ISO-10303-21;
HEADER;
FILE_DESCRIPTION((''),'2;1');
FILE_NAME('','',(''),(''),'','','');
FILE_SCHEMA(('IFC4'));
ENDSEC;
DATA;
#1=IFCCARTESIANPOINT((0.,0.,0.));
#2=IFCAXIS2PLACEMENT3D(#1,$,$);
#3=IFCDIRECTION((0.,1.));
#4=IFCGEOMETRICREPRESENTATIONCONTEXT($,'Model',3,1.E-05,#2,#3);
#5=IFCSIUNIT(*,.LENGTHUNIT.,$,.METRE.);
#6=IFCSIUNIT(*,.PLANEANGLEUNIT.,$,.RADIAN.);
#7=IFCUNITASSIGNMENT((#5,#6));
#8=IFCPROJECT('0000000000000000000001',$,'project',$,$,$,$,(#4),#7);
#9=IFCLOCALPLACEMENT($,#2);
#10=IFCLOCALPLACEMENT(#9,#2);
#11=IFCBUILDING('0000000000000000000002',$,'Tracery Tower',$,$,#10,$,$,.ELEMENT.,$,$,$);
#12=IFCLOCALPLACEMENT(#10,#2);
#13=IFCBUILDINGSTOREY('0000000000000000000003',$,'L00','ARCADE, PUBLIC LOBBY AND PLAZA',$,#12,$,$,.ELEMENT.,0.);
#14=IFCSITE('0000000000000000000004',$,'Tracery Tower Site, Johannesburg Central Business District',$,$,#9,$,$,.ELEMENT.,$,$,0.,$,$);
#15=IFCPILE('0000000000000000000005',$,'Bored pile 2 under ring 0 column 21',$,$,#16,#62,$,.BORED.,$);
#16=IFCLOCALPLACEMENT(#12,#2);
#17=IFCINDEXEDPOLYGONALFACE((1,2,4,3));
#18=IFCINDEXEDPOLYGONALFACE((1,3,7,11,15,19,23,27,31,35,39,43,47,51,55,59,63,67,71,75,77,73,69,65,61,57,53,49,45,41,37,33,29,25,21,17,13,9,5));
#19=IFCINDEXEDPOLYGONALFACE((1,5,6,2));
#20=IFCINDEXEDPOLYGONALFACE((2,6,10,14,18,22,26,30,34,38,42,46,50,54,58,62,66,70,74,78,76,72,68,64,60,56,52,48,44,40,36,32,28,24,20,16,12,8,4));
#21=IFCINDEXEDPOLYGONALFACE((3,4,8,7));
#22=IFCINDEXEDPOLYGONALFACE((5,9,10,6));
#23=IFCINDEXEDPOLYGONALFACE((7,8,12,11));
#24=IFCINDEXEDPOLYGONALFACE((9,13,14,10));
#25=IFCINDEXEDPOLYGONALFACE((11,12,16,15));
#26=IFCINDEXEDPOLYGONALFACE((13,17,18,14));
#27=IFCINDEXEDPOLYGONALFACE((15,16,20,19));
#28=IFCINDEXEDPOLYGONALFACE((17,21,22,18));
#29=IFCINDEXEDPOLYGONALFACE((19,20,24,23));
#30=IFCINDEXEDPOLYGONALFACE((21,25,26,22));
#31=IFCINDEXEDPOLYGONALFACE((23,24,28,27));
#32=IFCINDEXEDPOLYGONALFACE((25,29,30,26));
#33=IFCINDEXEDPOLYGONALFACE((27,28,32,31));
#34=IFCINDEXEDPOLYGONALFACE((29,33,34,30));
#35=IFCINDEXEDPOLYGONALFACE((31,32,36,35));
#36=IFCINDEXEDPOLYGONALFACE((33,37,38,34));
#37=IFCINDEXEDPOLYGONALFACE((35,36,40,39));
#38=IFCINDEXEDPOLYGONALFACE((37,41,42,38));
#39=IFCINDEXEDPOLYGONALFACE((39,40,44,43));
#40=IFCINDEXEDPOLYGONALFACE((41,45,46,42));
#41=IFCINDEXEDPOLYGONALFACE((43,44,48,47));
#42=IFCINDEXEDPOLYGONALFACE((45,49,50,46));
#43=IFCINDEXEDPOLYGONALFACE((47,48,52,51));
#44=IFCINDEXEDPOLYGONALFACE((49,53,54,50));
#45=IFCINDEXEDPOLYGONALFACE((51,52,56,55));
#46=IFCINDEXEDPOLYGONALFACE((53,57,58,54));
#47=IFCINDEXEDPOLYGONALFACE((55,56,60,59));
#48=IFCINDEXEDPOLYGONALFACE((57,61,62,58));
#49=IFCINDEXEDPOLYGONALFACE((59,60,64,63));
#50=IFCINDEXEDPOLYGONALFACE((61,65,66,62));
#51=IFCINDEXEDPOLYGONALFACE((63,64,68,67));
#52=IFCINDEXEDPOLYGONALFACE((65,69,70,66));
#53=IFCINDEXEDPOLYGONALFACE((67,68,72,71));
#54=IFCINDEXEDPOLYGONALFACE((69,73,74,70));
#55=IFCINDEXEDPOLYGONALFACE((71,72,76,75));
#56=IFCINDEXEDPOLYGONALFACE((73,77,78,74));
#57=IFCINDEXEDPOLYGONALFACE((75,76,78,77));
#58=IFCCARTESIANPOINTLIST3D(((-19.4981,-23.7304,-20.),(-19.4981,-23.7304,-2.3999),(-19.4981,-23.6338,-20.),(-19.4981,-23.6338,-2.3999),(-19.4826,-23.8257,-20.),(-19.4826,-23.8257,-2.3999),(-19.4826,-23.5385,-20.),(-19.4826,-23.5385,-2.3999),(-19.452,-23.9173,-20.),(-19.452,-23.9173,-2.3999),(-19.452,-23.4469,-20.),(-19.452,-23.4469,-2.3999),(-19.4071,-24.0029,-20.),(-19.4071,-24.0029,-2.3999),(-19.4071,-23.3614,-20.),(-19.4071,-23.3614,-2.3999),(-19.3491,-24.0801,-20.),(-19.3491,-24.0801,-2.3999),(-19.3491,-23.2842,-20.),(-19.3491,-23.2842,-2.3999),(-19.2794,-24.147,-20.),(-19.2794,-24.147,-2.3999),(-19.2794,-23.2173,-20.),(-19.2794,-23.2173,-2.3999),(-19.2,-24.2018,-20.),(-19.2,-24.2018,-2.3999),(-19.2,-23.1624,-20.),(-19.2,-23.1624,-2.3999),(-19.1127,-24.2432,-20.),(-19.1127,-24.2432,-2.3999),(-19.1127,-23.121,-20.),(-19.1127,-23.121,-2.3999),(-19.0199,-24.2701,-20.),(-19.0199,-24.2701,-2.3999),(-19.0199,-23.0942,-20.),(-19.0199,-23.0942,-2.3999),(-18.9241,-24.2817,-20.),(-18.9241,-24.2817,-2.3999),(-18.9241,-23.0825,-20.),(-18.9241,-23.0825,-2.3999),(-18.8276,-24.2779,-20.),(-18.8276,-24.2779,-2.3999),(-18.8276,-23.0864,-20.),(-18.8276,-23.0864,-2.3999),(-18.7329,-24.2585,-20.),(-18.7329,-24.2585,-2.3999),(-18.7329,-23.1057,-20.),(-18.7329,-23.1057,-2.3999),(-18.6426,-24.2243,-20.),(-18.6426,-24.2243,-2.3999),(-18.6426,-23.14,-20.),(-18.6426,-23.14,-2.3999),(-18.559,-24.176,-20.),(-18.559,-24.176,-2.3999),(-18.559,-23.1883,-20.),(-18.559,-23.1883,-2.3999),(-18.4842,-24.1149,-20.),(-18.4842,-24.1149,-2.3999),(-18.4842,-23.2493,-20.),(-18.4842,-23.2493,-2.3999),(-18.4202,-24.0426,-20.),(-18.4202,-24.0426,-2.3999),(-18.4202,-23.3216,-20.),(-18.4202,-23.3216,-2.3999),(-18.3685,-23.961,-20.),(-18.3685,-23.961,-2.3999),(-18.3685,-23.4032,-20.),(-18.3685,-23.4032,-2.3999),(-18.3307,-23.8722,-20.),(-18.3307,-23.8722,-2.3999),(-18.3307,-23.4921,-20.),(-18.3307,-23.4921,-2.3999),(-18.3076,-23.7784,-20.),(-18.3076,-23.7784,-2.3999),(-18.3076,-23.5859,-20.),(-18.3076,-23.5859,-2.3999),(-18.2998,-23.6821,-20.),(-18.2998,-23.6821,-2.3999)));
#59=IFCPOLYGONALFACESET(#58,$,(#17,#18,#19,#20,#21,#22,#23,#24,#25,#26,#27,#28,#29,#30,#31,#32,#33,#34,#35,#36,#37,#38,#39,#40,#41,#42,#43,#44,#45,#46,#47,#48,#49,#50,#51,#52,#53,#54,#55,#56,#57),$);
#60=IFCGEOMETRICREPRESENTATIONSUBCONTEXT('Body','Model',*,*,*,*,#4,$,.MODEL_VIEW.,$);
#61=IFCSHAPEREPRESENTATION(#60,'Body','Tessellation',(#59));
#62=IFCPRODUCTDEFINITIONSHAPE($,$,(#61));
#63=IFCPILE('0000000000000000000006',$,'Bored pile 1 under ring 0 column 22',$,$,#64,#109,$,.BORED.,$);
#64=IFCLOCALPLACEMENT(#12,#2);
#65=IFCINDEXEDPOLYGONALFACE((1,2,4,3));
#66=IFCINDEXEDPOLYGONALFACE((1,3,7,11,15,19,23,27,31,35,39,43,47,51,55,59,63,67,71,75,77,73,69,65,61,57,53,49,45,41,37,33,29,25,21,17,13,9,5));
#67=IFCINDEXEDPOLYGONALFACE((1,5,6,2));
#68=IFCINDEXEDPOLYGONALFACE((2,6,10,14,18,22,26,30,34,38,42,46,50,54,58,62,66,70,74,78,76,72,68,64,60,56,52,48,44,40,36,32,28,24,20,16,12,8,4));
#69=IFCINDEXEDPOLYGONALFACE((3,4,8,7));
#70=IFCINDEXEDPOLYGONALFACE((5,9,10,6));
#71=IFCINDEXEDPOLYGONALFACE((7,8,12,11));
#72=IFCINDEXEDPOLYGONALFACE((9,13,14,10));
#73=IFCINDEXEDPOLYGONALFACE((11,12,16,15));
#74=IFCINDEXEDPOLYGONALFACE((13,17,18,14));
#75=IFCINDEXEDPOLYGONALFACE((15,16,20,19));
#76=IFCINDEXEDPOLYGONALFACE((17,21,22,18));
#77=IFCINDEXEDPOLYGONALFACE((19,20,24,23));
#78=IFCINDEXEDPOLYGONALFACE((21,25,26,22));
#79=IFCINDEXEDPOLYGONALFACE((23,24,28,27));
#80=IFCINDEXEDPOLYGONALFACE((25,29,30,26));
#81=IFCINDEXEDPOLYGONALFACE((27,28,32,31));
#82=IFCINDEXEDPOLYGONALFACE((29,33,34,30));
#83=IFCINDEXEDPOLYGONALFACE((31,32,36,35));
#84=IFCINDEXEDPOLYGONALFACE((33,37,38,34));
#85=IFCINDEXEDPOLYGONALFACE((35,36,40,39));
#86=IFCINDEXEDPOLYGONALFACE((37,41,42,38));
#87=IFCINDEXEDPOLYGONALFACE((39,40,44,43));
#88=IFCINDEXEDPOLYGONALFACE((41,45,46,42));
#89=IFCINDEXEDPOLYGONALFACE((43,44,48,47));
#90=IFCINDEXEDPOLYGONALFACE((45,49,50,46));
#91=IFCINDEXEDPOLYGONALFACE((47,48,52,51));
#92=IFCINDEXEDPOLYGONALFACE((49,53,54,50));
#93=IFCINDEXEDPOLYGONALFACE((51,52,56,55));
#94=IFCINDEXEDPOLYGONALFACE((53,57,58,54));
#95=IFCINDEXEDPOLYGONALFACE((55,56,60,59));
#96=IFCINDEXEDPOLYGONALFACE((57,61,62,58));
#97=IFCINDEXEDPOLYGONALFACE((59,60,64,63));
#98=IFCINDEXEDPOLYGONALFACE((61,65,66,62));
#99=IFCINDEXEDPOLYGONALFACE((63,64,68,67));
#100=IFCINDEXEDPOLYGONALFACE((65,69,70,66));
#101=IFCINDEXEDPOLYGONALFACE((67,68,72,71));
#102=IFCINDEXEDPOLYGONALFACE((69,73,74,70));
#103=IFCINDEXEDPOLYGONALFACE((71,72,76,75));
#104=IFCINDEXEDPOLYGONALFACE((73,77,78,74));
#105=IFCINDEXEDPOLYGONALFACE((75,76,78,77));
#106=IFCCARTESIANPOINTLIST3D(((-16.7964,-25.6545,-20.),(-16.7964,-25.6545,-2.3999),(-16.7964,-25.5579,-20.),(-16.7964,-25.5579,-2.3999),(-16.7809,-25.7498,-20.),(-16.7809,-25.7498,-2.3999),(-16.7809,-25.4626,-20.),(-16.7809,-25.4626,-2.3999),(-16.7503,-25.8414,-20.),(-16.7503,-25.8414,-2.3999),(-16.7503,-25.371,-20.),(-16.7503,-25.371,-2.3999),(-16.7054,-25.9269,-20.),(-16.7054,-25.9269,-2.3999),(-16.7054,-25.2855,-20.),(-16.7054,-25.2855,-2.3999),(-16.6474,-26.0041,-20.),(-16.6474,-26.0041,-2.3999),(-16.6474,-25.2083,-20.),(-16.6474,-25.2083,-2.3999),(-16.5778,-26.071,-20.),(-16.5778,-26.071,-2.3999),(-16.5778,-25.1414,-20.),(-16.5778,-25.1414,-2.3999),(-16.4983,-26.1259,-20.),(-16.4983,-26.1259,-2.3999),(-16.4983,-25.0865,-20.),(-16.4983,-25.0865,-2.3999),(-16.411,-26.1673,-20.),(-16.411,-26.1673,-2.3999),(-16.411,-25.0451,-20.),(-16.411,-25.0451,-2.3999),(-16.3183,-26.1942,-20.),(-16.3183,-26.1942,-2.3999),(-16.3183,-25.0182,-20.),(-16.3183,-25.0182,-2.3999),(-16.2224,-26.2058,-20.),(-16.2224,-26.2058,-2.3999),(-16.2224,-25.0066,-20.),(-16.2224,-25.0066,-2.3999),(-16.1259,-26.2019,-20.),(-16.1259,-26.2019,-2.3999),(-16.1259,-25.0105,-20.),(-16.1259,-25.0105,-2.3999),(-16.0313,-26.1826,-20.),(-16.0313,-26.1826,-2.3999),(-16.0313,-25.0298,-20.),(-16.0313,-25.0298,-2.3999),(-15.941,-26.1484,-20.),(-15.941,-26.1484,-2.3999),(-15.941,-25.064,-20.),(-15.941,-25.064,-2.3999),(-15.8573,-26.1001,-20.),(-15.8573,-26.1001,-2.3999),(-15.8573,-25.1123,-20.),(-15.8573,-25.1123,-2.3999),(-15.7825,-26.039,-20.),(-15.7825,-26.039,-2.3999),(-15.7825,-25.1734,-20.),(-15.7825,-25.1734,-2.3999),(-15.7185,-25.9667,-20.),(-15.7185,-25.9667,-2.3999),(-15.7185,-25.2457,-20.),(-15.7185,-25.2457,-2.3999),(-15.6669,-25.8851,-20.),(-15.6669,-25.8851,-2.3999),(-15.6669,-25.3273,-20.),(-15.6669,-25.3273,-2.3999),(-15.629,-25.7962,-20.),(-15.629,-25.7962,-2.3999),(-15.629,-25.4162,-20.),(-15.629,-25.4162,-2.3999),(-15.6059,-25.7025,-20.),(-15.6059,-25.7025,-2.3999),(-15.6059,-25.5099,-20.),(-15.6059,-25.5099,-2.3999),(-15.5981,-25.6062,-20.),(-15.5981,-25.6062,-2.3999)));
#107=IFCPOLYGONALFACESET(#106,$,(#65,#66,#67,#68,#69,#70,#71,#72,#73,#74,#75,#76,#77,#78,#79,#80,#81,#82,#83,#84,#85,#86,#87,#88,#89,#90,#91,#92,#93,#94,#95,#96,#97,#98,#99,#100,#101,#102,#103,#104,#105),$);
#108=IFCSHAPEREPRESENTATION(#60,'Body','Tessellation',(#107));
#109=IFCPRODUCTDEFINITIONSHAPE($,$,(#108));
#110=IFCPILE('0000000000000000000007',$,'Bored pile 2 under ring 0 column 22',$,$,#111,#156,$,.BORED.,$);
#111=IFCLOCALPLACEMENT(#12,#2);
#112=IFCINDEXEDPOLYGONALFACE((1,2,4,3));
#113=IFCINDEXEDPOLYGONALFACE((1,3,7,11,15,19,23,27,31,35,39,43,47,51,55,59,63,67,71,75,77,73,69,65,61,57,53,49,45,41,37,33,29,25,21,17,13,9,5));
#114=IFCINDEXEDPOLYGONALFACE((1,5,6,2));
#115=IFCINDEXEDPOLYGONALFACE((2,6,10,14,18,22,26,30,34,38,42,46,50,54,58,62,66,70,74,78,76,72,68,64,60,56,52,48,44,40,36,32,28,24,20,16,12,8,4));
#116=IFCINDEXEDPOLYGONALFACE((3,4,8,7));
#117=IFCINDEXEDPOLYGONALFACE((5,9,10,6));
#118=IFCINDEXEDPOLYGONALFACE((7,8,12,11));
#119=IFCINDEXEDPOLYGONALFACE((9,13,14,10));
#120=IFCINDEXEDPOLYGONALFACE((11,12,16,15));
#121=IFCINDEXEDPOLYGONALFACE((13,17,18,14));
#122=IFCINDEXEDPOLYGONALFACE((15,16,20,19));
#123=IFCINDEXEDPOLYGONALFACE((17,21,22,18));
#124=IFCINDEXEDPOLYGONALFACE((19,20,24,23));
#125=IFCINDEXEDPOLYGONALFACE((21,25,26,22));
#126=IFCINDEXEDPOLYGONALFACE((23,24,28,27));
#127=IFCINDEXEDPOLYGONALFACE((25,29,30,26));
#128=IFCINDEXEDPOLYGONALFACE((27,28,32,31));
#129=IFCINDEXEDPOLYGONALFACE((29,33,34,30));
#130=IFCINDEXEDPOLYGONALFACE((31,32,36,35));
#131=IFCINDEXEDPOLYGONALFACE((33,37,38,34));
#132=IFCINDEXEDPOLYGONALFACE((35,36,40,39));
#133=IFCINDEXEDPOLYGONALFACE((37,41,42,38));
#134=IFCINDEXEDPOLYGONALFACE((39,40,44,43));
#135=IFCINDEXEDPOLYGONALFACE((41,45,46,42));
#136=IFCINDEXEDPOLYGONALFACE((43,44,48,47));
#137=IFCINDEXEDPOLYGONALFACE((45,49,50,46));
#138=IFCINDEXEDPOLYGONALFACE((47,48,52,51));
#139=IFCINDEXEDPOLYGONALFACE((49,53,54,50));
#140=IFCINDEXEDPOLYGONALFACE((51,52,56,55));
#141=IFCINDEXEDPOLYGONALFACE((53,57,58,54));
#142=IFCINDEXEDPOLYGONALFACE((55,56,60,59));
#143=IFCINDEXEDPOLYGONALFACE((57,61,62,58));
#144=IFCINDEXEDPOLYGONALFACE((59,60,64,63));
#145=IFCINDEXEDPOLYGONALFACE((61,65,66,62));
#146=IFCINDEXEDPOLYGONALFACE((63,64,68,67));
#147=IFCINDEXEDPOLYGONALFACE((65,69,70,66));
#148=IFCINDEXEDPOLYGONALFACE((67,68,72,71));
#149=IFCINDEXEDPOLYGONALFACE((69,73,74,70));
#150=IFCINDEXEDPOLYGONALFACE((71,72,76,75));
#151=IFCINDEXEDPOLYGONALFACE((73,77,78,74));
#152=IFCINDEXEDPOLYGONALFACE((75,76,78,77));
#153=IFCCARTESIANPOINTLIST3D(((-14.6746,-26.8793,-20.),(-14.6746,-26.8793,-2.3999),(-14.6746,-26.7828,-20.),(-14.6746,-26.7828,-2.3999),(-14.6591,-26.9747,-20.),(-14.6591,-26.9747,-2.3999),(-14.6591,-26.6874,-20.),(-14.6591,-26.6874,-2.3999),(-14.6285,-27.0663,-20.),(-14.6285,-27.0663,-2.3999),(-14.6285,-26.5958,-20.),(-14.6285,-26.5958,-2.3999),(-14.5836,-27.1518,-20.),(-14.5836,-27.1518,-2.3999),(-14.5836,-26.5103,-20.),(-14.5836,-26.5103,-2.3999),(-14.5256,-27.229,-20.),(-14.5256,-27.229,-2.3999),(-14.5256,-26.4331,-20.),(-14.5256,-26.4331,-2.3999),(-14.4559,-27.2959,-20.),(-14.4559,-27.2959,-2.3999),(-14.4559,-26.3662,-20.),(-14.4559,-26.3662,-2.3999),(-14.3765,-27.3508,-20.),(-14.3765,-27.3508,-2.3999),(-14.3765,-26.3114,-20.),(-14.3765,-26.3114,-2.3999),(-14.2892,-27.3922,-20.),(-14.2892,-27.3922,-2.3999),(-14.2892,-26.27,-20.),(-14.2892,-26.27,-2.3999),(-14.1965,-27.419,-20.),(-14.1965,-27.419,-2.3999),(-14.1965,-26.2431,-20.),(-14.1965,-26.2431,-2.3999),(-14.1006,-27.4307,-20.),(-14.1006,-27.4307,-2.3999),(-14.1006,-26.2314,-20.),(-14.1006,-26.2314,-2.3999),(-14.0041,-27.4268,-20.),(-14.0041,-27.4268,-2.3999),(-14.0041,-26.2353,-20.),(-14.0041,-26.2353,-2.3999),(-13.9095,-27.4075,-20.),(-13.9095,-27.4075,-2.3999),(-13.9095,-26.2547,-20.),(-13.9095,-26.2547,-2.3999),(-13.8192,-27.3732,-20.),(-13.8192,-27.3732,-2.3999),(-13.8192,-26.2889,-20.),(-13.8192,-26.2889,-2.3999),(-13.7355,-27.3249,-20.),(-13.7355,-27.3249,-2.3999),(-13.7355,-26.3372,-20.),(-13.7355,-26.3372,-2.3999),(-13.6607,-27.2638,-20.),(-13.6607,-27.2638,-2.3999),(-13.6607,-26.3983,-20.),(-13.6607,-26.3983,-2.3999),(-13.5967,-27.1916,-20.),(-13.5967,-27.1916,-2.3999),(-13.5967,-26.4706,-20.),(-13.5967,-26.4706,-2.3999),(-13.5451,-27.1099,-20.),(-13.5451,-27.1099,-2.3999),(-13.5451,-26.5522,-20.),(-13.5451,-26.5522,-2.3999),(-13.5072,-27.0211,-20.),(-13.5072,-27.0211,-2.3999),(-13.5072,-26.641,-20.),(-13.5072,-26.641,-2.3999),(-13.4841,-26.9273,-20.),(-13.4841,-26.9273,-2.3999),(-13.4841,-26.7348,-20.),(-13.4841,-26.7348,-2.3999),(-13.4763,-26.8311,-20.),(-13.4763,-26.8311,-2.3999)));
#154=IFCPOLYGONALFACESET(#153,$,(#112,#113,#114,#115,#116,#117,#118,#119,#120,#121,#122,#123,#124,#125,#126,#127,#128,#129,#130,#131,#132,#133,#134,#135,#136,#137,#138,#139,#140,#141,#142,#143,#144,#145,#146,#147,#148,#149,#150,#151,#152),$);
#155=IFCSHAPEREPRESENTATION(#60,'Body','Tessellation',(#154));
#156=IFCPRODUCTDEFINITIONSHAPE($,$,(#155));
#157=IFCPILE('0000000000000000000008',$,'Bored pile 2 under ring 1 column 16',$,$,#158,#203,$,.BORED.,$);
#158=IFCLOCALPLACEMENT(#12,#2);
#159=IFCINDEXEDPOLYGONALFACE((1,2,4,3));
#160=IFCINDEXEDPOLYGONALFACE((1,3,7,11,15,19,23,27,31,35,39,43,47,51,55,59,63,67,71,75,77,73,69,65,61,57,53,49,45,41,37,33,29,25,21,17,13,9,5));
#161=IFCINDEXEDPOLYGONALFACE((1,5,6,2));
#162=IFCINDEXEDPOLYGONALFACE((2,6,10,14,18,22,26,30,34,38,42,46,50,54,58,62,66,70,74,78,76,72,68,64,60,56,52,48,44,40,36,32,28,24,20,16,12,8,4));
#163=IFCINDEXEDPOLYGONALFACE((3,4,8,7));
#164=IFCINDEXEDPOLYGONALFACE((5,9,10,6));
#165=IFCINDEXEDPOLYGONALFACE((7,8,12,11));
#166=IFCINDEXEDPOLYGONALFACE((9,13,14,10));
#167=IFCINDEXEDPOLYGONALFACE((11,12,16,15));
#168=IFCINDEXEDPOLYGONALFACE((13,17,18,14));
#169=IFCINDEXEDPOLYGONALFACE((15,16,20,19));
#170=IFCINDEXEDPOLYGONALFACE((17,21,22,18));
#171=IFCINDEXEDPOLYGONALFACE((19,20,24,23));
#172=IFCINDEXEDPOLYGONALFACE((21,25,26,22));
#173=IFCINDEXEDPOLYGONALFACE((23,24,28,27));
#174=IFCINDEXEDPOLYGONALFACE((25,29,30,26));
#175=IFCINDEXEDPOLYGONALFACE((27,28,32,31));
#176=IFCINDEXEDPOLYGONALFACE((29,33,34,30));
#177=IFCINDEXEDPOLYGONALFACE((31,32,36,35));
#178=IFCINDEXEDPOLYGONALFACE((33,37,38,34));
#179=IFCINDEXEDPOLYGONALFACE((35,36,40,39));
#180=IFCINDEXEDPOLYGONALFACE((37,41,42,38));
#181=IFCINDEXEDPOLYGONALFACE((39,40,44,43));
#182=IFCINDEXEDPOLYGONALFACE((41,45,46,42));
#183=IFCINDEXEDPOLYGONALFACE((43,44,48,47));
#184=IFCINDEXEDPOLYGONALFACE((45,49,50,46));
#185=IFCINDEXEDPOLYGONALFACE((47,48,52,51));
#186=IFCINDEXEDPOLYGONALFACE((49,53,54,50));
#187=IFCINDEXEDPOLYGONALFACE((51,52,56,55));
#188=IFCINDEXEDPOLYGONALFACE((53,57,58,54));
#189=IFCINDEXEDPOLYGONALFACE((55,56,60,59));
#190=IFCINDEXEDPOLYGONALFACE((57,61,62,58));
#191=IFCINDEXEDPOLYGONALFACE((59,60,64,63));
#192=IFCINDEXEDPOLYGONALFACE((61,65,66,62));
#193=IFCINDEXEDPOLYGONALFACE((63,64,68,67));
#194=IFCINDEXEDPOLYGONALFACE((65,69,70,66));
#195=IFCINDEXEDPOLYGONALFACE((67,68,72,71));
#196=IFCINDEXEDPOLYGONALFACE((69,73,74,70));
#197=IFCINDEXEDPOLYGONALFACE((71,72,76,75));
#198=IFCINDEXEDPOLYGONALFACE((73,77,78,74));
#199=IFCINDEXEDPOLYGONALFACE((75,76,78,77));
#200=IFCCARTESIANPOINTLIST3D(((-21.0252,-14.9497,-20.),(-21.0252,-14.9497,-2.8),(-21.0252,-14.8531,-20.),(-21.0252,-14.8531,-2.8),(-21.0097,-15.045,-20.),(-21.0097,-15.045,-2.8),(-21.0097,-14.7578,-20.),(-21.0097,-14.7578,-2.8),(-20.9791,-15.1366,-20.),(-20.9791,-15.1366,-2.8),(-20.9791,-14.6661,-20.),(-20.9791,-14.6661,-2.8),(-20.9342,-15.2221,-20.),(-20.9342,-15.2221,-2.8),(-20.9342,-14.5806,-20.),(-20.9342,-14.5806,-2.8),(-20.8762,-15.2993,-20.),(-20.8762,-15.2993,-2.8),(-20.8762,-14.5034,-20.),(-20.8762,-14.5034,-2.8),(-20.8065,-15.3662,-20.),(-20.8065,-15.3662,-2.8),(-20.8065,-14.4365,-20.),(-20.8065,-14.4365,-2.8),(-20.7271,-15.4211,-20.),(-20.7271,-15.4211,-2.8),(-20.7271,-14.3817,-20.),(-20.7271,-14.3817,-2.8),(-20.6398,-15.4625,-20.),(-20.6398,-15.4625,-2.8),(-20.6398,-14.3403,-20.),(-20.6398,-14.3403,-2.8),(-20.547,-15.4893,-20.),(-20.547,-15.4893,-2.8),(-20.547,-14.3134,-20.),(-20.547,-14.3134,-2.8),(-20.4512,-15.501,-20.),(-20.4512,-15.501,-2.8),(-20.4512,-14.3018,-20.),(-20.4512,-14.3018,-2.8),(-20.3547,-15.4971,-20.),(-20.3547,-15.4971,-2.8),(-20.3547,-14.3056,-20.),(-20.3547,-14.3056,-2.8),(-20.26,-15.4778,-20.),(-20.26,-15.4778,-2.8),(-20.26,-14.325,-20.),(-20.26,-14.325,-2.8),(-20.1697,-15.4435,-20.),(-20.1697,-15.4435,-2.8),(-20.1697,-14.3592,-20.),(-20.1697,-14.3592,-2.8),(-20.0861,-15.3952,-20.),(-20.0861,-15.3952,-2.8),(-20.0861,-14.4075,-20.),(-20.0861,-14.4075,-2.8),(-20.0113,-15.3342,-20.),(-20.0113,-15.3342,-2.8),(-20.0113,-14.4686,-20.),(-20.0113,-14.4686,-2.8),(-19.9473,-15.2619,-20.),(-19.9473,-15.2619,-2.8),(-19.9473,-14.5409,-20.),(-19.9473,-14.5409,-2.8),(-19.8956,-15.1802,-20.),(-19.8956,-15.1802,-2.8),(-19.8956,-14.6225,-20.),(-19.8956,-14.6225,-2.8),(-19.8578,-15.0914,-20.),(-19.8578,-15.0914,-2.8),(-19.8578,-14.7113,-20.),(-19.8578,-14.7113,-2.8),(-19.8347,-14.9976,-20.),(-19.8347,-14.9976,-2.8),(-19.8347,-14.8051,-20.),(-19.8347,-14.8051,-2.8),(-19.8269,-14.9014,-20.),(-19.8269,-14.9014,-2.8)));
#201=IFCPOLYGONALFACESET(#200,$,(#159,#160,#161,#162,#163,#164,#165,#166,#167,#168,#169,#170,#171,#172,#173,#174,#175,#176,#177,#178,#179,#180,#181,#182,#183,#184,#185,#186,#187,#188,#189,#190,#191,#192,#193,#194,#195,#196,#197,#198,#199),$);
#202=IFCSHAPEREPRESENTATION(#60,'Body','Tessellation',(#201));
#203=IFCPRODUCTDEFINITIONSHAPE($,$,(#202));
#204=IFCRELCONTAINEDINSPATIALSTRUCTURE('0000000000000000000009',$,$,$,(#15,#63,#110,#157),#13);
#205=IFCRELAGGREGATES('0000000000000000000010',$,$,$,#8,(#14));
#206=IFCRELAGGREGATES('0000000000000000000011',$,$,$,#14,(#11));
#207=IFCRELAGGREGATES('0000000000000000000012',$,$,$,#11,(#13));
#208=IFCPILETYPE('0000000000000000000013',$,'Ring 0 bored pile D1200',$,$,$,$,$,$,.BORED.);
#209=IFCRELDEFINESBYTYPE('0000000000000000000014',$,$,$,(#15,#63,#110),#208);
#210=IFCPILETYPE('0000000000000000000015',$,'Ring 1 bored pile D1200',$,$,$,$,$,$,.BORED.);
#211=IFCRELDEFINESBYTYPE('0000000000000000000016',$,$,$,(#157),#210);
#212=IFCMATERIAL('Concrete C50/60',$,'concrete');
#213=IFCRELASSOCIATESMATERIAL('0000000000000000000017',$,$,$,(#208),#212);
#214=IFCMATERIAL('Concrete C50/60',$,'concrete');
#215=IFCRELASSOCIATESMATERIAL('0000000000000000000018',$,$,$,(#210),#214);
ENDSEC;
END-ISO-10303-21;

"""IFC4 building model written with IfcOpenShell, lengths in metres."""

from ifc_helpers import new_model, si_unit, direction, frame, origin, origin_2d, place, context, subcontext, project, spatial, circle, extrude, material, material_profile, profile_set, type_object, element, save


model = new_model("IFC4")

# Units and contexts
model_context = context("Model", 3, precision=1e-05, world=origin(), true_north=direction((0.0, 1.0)))
body_context = subcontext(model_context, "Body", "Model", "MODEL_VIEW")
ifc_project = project(units=[si_unit("LENGTHUNIT", "METRE"), si_unit("PLANEANGLEUNIT", "RADIAN")], contexts=[model_context])

# Site, building, storey
site_placement = place(None, origin())
site = spatial("IfcSite", under=ifc_project, at=site_placement, Name="Tracery Tower Site, Johannesburg Central Business District", CompositionType="ELEMENT", RefElevation=0.0)
building_placement = place(site_placement, origin())
building = spatial("IfcBuilding", under=site, at=building_placement, Name="Tracery Tower", CompositionType="ELEMENT")
storey_placement = place(building_placement, origin())
storey = spatial("IfcBuildingStorey", under=building, at=storey_placement, Name="L00", Description="ARCADE, PUBLIC LOBBY AND PLAZA", CompositionType="ELEMENT", Elevation=0.0)

# Piles
ifc_material_1 = material(Name="Concrete C50/60", Category="concrete")
ifc_material_profile_1 = material_profile(ifc_material_1, circle(Radius=0.6001, at=origin_2d()), Name="RC D1200")
ifc_profile_set_1 = profile_set([ifc_material_profile_1], Name="Concrete C50/60")
pile_type_1 = type_object("IfcPileType", Name="Ring 0 bored pile D1200", PredefinedType="BORED", material=ifc_profile_set_1)
for number, where, z_axis, x_axis, name in (
    (1, (-18.8999, -23.6821, -2.3999), (0.0, 0.0, -1.0), (1.0, 0.0, 0.0), "Bored pile 2 under ring 0 column 21"),
    (2, (-16.1982, -25.6062, -2.3999), (0.0, 0.0, -1.0), (1.0, 0.0, 0.0), "Bored pile 1 under ring 0 column 22"),
    (3, (-14.0764, -26.8311, -2.3999), (0.0, 0.0, -1.0), (1.0, 0.0, 0.0), "Bored pile 2 under ring 0 column 22"),
):
    element("IfcPile", number, at=place(storey_placement, frame(where, z_axis=z_axis, x_axis=x_axis)), inside=storey, type_object=pile_type_1, Name=name, PredefinedType="BORED", context=body_context, shape_type="SweptSolid", body=[
        extrude(circle(Radius=0.6001, at=origin_2d()), origin(), (0.0, 0.0, 1.0), 17.6001),
    ])
ifc_material_2 = material(Name="Concrete C50/60", Category="concrete")
ifc_material_profile_2 = material_profile(ifc_material_2, circle(Radius=0.6001, at=origin_2d()), Name="RC D1200")
ifc_profile_set_2 = profile_set([ifc_material_profile_2], Name="Concrete C50/60")
pile_type_2 = type_object("IfcPileType", Name="Ring 1 bored pile D1200", PredefinedType="BORED", material=ifc_profile_set_2)
for number, where, z_axis, x_axis, name in (
    (4, (-20.427, -14.9014, -2.8), (0.0, 0.0, -1.0), (1.0, 0.0, 0.0), "Bored pile 2 under ring 1 column 16"),
):
    element("IfcPile", number, at=place(storey_placement, frame(where, z_axis=z_axis, x_axis=x_axis)), inside=storey, type_object=pile_type_2, Name=name, PredefinedType="BORED", context=body_context, shape_type="SweptSolid", body=[
        extrude(circle(Radius=0.6001, at=origin_2d()), origin(), (0.0, 0.0, 1.0), 17.2),
    ])

save(model, "model.ifc")
